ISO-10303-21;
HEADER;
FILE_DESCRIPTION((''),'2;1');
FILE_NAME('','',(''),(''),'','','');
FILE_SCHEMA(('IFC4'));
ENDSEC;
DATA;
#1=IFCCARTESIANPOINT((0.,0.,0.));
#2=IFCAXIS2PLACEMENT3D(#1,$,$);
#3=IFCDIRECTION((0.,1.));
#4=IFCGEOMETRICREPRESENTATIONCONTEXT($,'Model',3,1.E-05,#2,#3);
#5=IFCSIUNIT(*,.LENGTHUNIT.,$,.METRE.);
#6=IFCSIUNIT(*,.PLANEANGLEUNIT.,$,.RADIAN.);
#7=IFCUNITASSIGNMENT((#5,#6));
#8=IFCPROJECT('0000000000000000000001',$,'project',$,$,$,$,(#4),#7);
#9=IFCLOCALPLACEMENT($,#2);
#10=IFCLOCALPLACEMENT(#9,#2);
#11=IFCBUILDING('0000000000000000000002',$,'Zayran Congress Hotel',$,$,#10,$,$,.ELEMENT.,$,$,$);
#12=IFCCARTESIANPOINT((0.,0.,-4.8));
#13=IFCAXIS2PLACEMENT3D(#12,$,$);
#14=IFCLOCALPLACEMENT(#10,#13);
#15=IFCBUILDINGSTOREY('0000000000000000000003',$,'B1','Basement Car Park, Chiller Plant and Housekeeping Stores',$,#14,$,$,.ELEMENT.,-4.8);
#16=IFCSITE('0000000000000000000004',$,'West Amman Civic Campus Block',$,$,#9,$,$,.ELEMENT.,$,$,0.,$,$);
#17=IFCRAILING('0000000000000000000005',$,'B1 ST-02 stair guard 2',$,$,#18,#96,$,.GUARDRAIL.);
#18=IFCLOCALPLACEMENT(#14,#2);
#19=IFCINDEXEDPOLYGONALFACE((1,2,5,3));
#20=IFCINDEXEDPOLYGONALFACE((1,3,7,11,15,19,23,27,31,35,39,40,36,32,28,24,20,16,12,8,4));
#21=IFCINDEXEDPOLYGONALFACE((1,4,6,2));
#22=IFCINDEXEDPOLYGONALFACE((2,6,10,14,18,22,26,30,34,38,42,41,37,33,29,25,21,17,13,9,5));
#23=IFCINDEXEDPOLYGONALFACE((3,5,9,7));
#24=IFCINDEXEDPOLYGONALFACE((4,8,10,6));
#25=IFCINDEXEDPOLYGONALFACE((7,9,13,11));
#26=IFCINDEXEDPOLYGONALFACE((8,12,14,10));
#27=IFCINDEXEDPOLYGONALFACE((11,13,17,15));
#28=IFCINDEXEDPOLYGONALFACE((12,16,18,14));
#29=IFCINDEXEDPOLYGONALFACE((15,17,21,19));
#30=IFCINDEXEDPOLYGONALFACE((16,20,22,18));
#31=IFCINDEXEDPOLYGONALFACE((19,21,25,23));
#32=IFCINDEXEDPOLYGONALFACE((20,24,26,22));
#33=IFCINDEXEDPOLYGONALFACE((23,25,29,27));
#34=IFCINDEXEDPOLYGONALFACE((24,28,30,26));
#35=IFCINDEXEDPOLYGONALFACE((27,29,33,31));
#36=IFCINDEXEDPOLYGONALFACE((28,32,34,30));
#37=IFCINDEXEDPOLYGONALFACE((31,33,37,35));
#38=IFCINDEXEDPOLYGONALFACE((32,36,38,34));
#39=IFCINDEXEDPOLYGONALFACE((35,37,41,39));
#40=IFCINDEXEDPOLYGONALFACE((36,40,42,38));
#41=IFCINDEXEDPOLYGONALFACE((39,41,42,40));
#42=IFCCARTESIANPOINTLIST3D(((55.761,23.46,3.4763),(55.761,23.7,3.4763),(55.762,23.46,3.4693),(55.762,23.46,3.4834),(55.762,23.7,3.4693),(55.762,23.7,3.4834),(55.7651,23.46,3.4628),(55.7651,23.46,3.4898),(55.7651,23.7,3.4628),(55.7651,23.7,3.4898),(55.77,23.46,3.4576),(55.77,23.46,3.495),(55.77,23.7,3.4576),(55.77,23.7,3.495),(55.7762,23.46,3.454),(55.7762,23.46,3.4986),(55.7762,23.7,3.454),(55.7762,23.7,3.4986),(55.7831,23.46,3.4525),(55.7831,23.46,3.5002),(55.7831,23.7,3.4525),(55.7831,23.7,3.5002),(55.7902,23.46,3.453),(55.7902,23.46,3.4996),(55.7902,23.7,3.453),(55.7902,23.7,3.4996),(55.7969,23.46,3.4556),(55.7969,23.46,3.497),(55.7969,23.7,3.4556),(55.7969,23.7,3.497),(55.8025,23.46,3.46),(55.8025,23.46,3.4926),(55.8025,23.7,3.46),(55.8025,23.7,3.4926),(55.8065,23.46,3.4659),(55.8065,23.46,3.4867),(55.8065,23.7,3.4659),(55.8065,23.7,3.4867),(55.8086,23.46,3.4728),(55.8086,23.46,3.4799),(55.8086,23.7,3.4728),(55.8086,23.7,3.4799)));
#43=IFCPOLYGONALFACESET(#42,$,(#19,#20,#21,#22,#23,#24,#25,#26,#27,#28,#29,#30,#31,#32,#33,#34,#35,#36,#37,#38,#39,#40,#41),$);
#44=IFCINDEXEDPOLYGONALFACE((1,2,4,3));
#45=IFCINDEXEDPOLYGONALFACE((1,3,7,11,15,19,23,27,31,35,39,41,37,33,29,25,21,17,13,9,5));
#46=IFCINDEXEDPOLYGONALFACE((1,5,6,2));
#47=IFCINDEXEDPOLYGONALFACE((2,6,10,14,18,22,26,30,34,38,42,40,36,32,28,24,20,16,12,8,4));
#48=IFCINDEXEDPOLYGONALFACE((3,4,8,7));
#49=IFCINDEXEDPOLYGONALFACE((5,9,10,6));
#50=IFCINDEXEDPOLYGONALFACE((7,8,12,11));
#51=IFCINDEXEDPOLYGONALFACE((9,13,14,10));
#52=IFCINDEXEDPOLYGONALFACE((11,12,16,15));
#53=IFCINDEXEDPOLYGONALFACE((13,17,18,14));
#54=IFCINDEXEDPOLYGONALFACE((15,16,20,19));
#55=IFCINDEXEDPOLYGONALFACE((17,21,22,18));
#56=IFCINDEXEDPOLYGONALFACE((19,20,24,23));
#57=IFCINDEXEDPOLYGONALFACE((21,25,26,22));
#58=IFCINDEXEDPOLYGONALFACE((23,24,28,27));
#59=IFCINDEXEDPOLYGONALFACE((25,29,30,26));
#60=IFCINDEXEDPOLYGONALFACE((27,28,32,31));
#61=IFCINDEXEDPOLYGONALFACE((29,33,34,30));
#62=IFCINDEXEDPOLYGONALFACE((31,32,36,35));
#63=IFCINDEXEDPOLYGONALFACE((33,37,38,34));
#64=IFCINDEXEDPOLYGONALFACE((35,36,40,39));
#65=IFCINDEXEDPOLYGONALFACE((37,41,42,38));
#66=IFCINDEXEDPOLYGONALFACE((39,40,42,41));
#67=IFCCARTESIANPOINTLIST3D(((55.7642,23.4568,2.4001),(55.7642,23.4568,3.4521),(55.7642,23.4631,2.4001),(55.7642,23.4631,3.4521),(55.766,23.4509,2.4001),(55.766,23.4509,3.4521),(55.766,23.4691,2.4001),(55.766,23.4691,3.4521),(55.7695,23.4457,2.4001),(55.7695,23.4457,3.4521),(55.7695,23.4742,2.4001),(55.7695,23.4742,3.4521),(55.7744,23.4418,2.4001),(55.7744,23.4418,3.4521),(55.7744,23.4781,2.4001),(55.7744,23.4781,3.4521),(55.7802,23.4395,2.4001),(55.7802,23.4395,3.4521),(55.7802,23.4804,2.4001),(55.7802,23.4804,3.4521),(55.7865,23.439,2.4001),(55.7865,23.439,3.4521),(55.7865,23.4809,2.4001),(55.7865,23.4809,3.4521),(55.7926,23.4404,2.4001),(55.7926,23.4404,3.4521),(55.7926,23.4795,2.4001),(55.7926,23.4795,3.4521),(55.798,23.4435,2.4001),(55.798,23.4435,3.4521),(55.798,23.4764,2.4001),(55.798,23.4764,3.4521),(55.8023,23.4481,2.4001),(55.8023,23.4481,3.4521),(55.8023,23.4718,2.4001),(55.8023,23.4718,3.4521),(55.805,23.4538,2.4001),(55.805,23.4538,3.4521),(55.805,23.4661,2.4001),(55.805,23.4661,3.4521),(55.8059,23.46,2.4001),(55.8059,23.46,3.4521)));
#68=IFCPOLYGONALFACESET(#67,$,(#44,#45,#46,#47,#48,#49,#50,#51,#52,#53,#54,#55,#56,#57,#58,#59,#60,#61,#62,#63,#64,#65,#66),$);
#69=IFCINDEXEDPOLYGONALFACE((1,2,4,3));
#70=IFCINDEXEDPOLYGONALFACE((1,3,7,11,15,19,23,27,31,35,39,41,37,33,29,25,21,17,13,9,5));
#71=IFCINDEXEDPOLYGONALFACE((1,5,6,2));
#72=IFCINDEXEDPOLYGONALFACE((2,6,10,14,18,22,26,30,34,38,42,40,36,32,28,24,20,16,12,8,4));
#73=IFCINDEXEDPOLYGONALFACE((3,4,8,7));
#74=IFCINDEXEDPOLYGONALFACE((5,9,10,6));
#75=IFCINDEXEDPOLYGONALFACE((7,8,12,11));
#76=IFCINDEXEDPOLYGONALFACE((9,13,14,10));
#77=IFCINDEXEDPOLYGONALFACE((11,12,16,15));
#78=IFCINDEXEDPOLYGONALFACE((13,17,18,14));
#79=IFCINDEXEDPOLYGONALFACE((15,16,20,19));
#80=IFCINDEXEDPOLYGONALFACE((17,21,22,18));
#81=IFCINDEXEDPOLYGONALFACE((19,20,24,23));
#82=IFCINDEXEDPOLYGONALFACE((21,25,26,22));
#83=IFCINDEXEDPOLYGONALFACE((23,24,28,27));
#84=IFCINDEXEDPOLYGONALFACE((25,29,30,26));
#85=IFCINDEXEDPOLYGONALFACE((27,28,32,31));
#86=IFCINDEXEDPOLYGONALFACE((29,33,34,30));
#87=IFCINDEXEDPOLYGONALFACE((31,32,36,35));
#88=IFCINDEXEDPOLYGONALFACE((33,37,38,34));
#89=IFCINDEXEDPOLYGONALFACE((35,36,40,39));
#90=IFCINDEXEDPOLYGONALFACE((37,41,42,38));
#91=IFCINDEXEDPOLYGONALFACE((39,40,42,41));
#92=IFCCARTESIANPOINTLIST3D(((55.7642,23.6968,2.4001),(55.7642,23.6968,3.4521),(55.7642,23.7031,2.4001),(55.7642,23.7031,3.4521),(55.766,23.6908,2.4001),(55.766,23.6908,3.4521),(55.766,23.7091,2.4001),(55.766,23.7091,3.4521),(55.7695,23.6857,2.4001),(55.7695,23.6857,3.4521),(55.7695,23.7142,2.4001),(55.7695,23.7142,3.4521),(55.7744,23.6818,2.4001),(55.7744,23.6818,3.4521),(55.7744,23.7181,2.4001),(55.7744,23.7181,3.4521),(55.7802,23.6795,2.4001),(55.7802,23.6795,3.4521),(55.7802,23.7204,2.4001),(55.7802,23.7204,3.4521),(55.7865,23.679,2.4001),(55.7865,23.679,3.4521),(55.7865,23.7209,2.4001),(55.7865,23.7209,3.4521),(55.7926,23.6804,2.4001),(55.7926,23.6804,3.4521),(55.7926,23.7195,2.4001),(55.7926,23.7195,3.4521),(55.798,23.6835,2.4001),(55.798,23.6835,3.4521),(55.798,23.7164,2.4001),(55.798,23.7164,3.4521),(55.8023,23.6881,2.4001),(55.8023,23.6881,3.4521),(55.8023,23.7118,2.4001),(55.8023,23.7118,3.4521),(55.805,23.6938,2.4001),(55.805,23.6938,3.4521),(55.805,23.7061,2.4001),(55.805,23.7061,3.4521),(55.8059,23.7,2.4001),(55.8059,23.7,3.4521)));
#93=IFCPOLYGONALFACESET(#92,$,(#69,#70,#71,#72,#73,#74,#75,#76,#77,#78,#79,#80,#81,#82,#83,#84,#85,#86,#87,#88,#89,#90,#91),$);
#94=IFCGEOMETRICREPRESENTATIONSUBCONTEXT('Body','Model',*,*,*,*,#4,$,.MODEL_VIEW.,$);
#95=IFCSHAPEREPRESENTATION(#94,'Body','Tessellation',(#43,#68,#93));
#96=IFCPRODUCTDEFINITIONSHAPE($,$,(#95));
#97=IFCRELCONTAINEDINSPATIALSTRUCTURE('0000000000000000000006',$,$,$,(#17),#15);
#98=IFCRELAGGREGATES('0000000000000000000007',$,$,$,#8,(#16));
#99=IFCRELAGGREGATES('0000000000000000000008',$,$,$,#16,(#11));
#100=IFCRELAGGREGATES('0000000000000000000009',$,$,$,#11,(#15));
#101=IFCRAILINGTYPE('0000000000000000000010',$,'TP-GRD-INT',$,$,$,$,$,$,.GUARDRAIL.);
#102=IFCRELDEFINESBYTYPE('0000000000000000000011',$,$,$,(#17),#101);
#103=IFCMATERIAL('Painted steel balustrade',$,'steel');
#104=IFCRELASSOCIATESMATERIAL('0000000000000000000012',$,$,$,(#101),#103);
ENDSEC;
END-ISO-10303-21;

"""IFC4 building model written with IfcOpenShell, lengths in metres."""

from ifc_helpers import new_model, si_unit, direction, frame, origin, origin_2d, place, context, subcontext, project, spatial, circle, extrude, material, type_object, element, save


model = new_model("IFC4")

# Units and contexts
model_context = context("Model", 3, precision=1e-05, world=origin(), true_north=direction((0.0, 1.0)))
body_context = subcontext(model_context, "Body", "Model", "MODEL_VIEW")
ifc_project = project(units=[si_unit("LENGTHUNIT", "METRE"), si_unit("PLANEANGLEUNIT", "RADIAN")], contexts=[model_context])

# Site, building, storey
site_placement = place(None, origin())
site = spatial("IfcSite", under=ifc_project, at=site_placement, Name="West Amman Civic Campus Block", CompositionType="ELEMENT", RefElevation=0.0)
building_placement = place(site_placement, origin())
building = spatial("IfcBuilding", under=site, at=building_placement, Name="Zayran Congress Hotel", CompositionType="ELEMENT")
storey_placement = place(building_placement, frame((0.0, 0.0, -4.8)))
storey = spatial("IfcBuildingStorey", under=building, at=storey_placement, Name="B1", Description="Basement Car Park, Chiller Plant and Housekeeping Stores", CompositionType="ELEMENT", Elevation=-4.8)

# Railing
ifc_material_1 = material(Name="Painted steel balustrade", Category="steel")
railing_type_1 = type_object("IfcRailingType", Name="TP-GRD-INT", PredefinedType="GUARDRAIL", material=ifc_material_1)
railing_1_placement = place(storey_placement, frame((55.7849, 23.46, 2.4001)))
element("IfcRailing", 1, at=railing_1_placement, inside=storey, type_object=railing_type_1, Name="B1 ST-02 stair guard 2", PredefinedType="GUARDRAIL", context=body_context, shape_type="SweptSolid", body=[
    extrude(circle(Radius=0.0239, at=origin_2d()), frame((0.0, 0.0, 1.0762), z_axis=(0.0, 1.0, 0.0), x_axis=(-1.0, 0.0, 0.0)), (0.0, 0.0, 1.0), 0.24),
    extrude(circle(Radius=0.021, at=origin_2d()), origin(), (0.0, 0.0, 1.0), 1.052),
    extrude(circle(Radius=0.021, at=origin_2d()), frame((0.0, 0.24, 0.0)), (0.0, 0.0, 1.0), 1.052),
])

save(model, "model.ifc")
